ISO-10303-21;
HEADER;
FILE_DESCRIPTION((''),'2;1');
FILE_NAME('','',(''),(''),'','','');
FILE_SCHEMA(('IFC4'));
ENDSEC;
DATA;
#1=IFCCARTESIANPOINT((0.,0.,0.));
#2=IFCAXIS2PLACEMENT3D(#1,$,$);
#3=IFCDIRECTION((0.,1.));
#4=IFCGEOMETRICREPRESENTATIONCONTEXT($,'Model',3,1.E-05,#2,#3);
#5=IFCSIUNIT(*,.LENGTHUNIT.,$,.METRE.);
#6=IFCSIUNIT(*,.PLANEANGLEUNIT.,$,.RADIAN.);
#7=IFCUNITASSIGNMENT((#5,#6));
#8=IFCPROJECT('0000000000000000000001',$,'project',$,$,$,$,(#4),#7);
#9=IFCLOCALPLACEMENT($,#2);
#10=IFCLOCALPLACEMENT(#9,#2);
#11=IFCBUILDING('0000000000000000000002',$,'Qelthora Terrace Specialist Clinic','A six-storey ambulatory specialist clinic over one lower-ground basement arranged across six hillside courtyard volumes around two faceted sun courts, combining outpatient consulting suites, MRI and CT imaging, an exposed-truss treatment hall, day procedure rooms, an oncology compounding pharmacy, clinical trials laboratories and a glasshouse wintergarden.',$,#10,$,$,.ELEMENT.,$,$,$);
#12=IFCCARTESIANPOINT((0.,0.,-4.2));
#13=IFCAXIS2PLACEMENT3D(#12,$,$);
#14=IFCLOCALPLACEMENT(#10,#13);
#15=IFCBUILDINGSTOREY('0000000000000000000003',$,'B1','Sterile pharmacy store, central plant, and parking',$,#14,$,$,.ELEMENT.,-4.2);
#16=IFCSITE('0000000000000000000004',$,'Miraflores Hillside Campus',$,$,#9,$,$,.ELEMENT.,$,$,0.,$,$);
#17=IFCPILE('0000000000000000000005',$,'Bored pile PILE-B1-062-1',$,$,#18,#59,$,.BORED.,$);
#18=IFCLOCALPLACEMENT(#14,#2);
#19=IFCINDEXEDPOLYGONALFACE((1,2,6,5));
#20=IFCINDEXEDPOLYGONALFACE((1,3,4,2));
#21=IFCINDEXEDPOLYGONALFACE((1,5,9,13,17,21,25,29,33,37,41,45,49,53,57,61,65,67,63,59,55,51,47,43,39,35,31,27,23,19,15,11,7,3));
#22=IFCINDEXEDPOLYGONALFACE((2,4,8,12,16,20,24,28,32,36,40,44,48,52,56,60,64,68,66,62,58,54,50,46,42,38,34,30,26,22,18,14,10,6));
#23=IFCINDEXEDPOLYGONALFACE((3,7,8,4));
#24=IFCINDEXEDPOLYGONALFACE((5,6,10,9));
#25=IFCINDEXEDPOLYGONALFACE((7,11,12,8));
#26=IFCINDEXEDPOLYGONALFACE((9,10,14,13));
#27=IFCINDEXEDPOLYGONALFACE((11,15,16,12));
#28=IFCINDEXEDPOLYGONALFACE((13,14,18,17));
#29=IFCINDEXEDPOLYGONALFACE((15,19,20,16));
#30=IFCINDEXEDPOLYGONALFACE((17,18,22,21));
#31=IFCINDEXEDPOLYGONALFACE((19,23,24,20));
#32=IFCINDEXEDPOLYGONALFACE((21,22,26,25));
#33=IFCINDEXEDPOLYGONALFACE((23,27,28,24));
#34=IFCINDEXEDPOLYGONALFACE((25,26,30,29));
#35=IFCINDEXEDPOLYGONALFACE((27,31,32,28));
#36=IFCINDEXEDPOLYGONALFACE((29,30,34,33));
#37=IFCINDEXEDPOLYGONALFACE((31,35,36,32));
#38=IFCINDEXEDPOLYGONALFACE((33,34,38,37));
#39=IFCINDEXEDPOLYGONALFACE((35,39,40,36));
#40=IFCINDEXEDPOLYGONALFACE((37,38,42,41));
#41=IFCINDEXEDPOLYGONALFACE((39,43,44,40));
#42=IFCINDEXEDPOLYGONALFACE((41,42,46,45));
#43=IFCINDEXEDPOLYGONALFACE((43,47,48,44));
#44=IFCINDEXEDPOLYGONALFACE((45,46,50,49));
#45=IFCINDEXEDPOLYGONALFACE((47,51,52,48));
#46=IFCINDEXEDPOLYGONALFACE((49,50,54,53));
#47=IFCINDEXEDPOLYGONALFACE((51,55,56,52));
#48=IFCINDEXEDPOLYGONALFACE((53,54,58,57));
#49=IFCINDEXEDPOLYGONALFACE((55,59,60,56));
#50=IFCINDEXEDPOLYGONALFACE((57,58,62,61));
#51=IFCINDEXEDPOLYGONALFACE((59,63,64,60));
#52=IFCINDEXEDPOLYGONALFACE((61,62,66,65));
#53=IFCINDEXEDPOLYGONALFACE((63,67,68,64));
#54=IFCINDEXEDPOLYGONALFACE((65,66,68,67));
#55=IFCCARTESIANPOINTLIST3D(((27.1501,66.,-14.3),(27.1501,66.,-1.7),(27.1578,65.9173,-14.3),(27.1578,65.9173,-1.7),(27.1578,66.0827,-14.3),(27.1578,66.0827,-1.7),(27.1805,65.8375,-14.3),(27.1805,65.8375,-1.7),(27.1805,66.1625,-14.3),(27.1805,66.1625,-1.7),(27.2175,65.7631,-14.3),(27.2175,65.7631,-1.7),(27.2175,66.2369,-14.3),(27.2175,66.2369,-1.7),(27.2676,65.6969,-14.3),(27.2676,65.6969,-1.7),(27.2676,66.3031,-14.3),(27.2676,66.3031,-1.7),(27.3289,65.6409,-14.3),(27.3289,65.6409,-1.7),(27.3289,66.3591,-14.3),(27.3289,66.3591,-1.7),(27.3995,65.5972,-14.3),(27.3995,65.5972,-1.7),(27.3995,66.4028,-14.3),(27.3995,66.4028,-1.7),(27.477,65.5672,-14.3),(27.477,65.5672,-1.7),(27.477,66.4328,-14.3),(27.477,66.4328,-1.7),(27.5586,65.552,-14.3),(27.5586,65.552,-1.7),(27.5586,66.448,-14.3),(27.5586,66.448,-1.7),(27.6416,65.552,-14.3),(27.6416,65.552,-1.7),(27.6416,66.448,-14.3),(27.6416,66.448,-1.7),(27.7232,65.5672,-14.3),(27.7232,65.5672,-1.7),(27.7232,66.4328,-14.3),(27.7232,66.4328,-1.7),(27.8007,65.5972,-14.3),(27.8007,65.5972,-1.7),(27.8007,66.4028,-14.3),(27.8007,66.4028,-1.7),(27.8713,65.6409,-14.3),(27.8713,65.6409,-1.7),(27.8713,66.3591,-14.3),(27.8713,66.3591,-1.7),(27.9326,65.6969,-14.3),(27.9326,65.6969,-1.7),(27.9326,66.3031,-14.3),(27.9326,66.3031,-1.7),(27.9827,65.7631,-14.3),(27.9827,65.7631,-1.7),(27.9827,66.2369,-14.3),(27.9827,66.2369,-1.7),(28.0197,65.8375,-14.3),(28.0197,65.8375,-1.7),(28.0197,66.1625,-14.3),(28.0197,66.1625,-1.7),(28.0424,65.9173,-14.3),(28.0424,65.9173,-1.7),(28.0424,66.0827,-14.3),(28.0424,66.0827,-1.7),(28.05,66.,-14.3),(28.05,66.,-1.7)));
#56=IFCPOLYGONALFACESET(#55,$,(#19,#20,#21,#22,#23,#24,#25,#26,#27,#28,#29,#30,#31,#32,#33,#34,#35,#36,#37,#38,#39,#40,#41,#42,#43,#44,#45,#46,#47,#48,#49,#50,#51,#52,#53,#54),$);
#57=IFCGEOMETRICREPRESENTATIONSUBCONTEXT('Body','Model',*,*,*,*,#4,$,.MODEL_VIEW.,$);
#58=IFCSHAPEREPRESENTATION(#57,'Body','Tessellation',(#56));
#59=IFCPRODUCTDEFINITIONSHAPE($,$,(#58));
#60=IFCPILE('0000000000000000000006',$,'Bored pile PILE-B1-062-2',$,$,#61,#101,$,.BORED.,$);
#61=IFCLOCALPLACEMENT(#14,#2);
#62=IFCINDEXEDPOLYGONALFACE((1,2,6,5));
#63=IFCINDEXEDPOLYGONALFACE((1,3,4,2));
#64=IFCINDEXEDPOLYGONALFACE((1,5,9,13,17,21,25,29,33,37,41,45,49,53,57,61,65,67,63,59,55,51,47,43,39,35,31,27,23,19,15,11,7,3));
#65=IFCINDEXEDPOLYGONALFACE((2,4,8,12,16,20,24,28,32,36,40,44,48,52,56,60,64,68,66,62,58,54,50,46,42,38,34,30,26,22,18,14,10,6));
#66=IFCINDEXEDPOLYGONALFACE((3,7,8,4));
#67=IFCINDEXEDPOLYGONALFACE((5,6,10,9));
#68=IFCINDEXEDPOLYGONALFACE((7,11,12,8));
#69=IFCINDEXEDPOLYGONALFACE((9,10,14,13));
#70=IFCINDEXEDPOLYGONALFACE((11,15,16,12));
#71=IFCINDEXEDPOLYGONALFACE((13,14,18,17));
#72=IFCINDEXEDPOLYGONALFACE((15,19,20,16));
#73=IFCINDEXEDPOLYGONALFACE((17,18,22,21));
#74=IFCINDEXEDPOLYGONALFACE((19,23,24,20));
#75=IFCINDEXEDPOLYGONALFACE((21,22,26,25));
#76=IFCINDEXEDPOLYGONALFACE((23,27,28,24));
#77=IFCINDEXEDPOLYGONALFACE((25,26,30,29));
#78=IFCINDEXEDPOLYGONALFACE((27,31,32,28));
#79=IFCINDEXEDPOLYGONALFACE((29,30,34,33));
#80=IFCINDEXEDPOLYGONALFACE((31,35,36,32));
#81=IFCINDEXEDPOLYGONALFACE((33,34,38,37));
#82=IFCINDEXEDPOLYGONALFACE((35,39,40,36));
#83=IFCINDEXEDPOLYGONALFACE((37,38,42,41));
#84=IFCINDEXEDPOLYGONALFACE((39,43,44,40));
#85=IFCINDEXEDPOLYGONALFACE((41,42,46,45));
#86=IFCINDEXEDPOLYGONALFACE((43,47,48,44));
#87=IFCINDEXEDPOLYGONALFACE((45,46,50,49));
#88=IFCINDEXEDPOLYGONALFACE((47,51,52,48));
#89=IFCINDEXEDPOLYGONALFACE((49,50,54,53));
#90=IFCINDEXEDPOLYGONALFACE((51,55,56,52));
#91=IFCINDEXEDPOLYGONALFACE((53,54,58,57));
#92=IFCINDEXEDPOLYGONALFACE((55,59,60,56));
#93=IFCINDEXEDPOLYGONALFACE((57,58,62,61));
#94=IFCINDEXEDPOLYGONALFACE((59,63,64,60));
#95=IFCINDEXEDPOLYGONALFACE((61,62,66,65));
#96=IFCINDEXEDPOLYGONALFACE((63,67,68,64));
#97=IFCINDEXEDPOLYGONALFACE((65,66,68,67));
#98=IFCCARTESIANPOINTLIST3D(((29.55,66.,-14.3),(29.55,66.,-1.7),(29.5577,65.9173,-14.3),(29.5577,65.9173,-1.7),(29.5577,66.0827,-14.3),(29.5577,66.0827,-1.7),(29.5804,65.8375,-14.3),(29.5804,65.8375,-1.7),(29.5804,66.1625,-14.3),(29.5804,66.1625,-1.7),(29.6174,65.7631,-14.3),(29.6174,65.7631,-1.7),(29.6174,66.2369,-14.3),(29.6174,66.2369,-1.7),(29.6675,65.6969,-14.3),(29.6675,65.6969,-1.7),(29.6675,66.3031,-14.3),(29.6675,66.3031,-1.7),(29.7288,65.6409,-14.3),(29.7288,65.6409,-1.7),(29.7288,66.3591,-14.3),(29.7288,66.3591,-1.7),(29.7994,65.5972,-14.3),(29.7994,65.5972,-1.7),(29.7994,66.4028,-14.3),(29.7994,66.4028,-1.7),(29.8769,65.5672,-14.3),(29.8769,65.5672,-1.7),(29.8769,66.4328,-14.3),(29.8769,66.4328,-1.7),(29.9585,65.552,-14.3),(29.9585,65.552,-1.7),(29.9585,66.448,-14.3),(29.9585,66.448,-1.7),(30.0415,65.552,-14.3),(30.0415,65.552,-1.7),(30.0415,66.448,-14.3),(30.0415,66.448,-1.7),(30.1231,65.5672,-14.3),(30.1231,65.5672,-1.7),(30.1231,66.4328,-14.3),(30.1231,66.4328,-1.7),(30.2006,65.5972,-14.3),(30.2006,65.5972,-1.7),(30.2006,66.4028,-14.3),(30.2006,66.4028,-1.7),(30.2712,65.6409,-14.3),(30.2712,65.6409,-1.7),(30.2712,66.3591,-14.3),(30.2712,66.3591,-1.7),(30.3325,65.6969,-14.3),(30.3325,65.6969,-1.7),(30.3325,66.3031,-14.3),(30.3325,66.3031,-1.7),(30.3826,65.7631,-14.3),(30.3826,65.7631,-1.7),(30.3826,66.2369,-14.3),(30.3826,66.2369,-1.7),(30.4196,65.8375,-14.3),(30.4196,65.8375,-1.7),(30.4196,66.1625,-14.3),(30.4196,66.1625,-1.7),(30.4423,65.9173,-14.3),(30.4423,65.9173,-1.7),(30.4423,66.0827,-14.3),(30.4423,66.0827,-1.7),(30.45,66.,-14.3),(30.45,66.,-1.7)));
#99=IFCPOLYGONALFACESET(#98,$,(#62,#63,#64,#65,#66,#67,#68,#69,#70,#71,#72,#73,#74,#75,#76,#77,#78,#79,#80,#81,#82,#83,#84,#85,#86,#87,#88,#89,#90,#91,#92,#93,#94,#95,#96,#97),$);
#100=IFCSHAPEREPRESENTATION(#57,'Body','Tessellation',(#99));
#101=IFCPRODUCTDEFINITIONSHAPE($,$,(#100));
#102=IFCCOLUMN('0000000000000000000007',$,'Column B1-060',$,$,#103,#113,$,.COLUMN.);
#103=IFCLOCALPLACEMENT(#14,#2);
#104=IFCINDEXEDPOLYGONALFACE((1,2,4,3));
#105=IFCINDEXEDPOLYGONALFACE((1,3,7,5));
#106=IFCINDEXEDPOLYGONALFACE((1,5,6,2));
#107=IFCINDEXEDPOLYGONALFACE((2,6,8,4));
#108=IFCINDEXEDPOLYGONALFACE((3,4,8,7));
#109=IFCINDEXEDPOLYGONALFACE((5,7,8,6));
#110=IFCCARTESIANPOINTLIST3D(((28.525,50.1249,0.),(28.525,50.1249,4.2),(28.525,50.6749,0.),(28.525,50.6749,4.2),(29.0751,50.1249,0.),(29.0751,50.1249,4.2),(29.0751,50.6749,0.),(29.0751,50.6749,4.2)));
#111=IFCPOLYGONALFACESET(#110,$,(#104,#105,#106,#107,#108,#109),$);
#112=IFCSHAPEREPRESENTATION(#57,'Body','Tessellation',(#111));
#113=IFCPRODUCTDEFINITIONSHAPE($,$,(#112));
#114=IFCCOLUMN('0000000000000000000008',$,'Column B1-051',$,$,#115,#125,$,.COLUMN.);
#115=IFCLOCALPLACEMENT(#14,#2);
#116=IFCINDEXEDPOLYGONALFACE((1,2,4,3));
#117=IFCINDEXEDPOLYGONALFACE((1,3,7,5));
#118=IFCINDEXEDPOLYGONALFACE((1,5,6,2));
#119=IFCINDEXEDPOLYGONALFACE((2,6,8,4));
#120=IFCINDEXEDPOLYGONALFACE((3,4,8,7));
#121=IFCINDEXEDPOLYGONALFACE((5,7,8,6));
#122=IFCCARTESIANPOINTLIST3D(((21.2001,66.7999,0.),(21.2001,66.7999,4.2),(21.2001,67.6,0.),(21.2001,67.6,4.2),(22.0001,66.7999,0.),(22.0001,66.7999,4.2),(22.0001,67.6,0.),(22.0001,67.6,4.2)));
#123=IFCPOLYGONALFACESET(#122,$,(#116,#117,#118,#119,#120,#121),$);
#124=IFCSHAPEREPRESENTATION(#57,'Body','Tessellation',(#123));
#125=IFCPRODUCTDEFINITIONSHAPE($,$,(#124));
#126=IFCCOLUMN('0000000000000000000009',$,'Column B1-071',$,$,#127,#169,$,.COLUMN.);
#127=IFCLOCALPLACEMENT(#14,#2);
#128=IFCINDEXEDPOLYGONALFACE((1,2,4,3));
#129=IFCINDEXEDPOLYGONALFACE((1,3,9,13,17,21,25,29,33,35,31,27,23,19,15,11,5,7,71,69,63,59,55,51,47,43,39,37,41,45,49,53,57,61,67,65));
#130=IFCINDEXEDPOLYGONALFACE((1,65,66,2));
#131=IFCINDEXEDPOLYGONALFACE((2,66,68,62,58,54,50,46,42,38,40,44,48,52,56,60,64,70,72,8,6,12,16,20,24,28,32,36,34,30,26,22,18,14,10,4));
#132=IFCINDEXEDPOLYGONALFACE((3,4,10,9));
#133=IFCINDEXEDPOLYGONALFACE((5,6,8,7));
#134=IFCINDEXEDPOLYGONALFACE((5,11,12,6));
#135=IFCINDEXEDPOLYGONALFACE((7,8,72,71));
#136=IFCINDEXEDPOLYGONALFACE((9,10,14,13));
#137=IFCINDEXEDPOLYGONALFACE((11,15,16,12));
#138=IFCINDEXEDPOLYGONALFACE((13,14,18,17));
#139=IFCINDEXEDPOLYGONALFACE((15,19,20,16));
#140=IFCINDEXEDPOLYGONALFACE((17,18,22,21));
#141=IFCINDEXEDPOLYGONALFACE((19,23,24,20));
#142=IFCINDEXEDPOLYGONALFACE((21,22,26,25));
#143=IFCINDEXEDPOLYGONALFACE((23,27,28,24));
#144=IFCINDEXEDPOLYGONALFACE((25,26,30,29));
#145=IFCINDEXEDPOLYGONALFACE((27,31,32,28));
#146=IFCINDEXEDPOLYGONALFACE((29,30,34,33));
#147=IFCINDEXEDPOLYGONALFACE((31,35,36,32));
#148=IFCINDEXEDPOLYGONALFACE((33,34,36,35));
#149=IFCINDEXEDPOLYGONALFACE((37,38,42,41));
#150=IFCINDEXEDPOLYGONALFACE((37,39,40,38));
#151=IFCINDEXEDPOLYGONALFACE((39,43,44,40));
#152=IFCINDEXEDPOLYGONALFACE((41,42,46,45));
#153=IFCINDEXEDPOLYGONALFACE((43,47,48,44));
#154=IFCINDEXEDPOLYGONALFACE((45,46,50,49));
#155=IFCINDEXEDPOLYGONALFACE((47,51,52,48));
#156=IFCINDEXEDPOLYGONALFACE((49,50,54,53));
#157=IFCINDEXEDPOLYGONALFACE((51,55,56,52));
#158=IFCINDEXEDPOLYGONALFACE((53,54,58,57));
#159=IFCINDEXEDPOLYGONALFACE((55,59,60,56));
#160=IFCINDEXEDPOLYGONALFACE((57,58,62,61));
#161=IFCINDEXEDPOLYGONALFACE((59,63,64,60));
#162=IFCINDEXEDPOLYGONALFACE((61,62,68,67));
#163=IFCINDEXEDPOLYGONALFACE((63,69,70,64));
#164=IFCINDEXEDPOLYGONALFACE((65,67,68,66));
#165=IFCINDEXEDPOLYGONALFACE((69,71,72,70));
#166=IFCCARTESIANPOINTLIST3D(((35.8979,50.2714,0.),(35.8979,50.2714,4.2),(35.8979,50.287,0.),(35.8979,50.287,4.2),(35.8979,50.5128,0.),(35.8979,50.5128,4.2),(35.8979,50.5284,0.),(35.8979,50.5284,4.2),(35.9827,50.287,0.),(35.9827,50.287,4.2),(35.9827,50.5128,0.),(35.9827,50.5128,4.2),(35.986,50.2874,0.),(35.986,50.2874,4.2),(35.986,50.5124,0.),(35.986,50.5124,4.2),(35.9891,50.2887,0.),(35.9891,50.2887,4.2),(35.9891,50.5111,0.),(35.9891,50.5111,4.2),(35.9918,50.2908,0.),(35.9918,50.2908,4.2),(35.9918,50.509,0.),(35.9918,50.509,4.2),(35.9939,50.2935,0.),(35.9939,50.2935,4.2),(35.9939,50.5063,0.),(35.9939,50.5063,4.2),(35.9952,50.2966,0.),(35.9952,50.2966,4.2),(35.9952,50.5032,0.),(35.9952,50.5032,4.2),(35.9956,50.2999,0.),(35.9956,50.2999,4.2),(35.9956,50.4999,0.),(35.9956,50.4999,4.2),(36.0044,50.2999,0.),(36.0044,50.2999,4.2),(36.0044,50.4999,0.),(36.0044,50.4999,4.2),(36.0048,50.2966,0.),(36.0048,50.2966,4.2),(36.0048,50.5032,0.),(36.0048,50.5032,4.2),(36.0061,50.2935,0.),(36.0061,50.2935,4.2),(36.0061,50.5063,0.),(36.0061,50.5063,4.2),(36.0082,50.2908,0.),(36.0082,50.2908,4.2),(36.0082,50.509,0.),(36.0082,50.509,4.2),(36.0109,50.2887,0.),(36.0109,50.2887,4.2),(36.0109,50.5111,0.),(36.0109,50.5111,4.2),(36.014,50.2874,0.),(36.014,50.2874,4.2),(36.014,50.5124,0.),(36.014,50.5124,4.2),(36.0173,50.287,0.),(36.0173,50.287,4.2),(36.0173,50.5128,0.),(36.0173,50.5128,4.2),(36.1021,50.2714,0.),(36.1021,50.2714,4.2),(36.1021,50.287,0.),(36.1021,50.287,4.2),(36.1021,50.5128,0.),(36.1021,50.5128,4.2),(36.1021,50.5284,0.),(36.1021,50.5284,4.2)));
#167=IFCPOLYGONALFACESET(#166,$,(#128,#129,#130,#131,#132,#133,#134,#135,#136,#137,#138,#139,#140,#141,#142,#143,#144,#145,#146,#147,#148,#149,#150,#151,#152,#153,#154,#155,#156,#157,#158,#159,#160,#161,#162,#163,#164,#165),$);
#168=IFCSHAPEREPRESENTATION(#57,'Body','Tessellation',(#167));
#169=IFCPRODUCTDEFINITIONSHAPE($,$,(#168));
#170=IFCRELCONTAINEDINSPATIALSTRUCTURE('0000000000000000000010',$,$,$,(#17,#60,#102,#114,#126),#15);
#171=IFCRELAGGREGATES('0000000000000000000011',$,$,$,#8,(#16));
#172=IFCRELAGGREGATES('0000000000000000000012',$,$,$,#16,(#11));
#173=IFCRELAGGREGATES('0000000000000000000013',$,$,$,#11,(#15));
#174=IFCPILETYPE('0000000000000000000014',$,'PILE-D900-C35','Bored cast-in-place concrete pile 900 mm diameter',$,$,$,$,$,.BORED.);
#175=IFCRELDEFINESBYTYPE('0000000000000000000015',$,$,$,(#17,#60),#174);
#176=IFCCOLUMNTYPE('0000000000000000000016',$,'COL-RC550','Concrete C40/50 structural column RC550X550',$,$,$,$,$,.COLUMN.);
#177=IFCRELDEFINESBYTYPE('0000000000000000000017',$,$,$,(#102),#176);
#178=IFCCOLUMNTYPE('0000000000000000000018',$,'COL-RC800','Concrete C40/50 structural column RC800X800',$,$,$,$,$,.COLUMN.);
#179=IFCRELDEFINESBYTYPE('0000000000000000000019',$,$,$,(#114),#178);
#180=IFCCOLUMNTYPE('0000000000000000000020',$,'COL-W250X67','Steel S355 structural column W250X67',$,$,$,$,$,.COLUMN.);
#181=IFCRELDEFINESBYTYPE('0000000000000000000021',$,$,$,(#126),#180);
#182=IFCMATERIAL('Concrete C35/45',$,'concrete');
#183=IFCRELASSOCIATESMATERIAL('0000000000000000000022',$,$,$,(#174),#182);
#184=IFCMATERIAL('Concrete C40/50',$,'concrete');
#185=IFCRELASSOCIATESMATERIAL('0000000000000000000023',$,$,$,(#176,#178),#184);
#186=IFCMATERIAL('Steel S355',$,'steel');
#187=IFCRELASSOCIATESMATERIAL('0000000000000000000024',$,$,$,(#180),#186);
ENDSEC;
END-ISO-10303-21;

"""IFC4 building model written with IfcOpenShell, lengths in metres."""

from ifc_helpers import new_model, si_unit, direction, frame, origin, origin_2d, place, context, subcontext, project, spatial, rectangle, circle, i_section, extrude, material, material_profile, profile_set, type_object, element, save


model = new_model("IFC4")

# Units and contexts
model_context = context("Model", 3, precision=1e-05, world=origin(), true_north=direction((0.0, 1.0)))
body_context = subcontext(model_context, "Body", "Model", "MODEL_VIEW")
ifc_project = project(units=[si_unit("LENGTHUNIT", "METRE"), si_unit("PLANEANGLEUNIT", "RADIAN")], contexts=[model_context])

# Site, building, storey
site_placement = place(None, origin())
site = spatial("IfcSite", under=ifc_project, at=site_placement, Name="Miraflores Hillside Campus", CompositionType="ELEMENT", RefElevation=0.0)
building_placement = place(site_placement, origin())
building = spatial("IfcBuilding", under=site, at=building_placement, Name="Qelthora Terrace Specialist Clinic", Description="A six-storey ambulatory specialist clinic over one lower-ground basement arranged across six hillside courtyard volumes around two faceted sun courts, combining outpatient consulting suites, MRI and CT imaging, an exposed-truss treatment hall, day procedure rooms, an oncology compounding pharmacy, clinical trials laboratories and a glasshouse wintergarden.", CompositionType="ELEMENT")
storey_placement = place(building_placement, frame((0.0, 0.0, -4.2)))
storey = spatial("IfcBuildingStorey", under=building, at=storey_placement, Name="B1", Description="Sterile pharmacy store, central plant, and parking", CompositionType="ELEMENT", Elevation=-4.2)

# Shared definitions
ifc_material_1 = material(Name="Concrete C35/45", Category="concrete")

# Piles
ifc_material_profile_1 = material_profile(ifc_material_1, circle(Radius=0.45, at=origin_2d()), Name="PILE900")
ifc_profile_set_1 = profile_set([ifc_material_profile_1], Name="Concrete C35/45")
pile_type_1 = type_object("IfcPileType", Name="PILE-D900-C35", Description="Bored cast-in-place concrete pile 900 mm diameter", PredefinedType="BORED", material=ifc_profile_set_1)
for number, where, z_axis, x_axis, name in (
    (1, (27.6001, 66.0, -1.7), (0.0, 0.0, -1.0), (1.0, 0.0, 0.0), "Bored pile PILE-B1-062-1"),
    (2, (30.0, 66.0, -1.7), (0.0, 0.0, -1.0), (1.0, 0.0, 0.0), "Bored pile PILE-B1-062-2"),
):
    element("IfcPile", number, at=place(storey_placement, frame(where, z_axis=z_axis, x_axis=x_axis)), inside=storey, type_object=pile_type_1, Name=name, PredefinedType="BORED", context=body_context, shape_type="SweptSolid", body=[
        extrude(circle(Radius=0.45, at=origin_2d()), origin(), (0.0, 0.0, 1.0), 12.6001),
    ])

# Columns
ifc_material_2 = material(Name="Concrete C40/50", Category="concrete")
ifc_material_profile_2 = material_profile(ifc_material_2, rectangle(XDim=0.55, YDim=0.55, at=origin_2d()), Name="RC550X550")
ifc_profile_set_2 = profile_set([ifc_material_profile_2], Name="Concrete C40/50")
column_type_1 = type_object("IfcColumnType", Name="COL-RC550", Description="Concrete C40/50 structural column RC550X550", PredefinedType="COLUMN", material=ifc_profile_set_2)
column_1_placement = place(storey_placement, frame((28.8, 50.3999, 0.0), z_axis=(0.0, 0.0, 1.0), x_axis=(1.0, 0.0, 0.0)))
element("IfcColumn", 3, at=column_1_placement, inside=storey, type_object=column_type_1, Name="Column B1-060", PredefinedType="COLUMN", context=body_context, shape_type="SweptSolid", body=[
    extrude(rectangle(XDim=0.55, YDim=0.55, at=origin_2d()), origin(), (0.0, 0.0, 1.0), 4.2),
])
ifc_material_profile_3 = material_profile(ifc_material_2, rectangle(XDim=0.8, YDim=0.8, at=origin_2d()), Name="RC800X800")
ifc_profile_set_3 = profile_set([ifc_material_profile_3], Name="Concrete C40/50")
column_type_2 = type_object("IfcColumnType", Name="COL-RC800", Description="Concrete C40/50 structural column RC800X800", PredefinedType="COLUMN", material=ifc_profile_set_3)
column_2_placement = place(storey_placement, frame((21.6001, 67.2, 0.0), z_axis=(0.0, 0.0, 1.0), x_axis=(1.0, 0.0, 0.0)))
element("IfcColumn", 4, at=column_2_placement, inside=storey, type_object=column_type_2, Name="Column B1-051", PredefinedType="COLUMN", context=body_context, shape_type="SweptSolid", body=[
    extrude(rectangle(XDim=0.8, YDim=0.8, at=origin_2d()), origin(), (0.0, 0.0, 1.0), 4.2),
])
ifc_material_3 = material(Name="Steel S355", Category="steel")
ifc_material_profile_4 = material_profile(ifc_material_3, i_section(OverallWidth=0.2041, OverallDepth=0.2571, WebThickness=0.0088, FlangeThickness=0.0156, FilletRadius=0.0129, at=origin_2d()), Name="W250X67")
ifc_profile_set_4 = profile_set([ifc_material_profile_4], Name="Steel S355")
column_type_3 = type_object("IfcColumnType", Name="COL-W250X67", Description="Steel S355 structural column W250X67", PredefinedType="COLUMN", material=ifc_profile_set_4)
column_3_placement = place(storey_placement, frame((36.0, 50.3999, 0.0), z_axis=(0.0, 0.0, 1.0), x_axis=(1.0, 0.0, 0.0)))
element("IfcColumn", 5, at=column_3_placement, inside=storey, type_object=column_type_3, Name="Column B1-071", PredefinedType="COLUMN", context=body_context, shape_type="SweptSolid", body=[
    extrude(i_section(OverallWidth=0.2041, OverallDepth=0.2571, WebThickness=0.0088, FlangeThickness=0.0156, FilletRadius=0.0129, at=origin_2d()), origin(), (0.0, 0.0, 1.0), 4.2),
])

save(model, "model.ifc")
